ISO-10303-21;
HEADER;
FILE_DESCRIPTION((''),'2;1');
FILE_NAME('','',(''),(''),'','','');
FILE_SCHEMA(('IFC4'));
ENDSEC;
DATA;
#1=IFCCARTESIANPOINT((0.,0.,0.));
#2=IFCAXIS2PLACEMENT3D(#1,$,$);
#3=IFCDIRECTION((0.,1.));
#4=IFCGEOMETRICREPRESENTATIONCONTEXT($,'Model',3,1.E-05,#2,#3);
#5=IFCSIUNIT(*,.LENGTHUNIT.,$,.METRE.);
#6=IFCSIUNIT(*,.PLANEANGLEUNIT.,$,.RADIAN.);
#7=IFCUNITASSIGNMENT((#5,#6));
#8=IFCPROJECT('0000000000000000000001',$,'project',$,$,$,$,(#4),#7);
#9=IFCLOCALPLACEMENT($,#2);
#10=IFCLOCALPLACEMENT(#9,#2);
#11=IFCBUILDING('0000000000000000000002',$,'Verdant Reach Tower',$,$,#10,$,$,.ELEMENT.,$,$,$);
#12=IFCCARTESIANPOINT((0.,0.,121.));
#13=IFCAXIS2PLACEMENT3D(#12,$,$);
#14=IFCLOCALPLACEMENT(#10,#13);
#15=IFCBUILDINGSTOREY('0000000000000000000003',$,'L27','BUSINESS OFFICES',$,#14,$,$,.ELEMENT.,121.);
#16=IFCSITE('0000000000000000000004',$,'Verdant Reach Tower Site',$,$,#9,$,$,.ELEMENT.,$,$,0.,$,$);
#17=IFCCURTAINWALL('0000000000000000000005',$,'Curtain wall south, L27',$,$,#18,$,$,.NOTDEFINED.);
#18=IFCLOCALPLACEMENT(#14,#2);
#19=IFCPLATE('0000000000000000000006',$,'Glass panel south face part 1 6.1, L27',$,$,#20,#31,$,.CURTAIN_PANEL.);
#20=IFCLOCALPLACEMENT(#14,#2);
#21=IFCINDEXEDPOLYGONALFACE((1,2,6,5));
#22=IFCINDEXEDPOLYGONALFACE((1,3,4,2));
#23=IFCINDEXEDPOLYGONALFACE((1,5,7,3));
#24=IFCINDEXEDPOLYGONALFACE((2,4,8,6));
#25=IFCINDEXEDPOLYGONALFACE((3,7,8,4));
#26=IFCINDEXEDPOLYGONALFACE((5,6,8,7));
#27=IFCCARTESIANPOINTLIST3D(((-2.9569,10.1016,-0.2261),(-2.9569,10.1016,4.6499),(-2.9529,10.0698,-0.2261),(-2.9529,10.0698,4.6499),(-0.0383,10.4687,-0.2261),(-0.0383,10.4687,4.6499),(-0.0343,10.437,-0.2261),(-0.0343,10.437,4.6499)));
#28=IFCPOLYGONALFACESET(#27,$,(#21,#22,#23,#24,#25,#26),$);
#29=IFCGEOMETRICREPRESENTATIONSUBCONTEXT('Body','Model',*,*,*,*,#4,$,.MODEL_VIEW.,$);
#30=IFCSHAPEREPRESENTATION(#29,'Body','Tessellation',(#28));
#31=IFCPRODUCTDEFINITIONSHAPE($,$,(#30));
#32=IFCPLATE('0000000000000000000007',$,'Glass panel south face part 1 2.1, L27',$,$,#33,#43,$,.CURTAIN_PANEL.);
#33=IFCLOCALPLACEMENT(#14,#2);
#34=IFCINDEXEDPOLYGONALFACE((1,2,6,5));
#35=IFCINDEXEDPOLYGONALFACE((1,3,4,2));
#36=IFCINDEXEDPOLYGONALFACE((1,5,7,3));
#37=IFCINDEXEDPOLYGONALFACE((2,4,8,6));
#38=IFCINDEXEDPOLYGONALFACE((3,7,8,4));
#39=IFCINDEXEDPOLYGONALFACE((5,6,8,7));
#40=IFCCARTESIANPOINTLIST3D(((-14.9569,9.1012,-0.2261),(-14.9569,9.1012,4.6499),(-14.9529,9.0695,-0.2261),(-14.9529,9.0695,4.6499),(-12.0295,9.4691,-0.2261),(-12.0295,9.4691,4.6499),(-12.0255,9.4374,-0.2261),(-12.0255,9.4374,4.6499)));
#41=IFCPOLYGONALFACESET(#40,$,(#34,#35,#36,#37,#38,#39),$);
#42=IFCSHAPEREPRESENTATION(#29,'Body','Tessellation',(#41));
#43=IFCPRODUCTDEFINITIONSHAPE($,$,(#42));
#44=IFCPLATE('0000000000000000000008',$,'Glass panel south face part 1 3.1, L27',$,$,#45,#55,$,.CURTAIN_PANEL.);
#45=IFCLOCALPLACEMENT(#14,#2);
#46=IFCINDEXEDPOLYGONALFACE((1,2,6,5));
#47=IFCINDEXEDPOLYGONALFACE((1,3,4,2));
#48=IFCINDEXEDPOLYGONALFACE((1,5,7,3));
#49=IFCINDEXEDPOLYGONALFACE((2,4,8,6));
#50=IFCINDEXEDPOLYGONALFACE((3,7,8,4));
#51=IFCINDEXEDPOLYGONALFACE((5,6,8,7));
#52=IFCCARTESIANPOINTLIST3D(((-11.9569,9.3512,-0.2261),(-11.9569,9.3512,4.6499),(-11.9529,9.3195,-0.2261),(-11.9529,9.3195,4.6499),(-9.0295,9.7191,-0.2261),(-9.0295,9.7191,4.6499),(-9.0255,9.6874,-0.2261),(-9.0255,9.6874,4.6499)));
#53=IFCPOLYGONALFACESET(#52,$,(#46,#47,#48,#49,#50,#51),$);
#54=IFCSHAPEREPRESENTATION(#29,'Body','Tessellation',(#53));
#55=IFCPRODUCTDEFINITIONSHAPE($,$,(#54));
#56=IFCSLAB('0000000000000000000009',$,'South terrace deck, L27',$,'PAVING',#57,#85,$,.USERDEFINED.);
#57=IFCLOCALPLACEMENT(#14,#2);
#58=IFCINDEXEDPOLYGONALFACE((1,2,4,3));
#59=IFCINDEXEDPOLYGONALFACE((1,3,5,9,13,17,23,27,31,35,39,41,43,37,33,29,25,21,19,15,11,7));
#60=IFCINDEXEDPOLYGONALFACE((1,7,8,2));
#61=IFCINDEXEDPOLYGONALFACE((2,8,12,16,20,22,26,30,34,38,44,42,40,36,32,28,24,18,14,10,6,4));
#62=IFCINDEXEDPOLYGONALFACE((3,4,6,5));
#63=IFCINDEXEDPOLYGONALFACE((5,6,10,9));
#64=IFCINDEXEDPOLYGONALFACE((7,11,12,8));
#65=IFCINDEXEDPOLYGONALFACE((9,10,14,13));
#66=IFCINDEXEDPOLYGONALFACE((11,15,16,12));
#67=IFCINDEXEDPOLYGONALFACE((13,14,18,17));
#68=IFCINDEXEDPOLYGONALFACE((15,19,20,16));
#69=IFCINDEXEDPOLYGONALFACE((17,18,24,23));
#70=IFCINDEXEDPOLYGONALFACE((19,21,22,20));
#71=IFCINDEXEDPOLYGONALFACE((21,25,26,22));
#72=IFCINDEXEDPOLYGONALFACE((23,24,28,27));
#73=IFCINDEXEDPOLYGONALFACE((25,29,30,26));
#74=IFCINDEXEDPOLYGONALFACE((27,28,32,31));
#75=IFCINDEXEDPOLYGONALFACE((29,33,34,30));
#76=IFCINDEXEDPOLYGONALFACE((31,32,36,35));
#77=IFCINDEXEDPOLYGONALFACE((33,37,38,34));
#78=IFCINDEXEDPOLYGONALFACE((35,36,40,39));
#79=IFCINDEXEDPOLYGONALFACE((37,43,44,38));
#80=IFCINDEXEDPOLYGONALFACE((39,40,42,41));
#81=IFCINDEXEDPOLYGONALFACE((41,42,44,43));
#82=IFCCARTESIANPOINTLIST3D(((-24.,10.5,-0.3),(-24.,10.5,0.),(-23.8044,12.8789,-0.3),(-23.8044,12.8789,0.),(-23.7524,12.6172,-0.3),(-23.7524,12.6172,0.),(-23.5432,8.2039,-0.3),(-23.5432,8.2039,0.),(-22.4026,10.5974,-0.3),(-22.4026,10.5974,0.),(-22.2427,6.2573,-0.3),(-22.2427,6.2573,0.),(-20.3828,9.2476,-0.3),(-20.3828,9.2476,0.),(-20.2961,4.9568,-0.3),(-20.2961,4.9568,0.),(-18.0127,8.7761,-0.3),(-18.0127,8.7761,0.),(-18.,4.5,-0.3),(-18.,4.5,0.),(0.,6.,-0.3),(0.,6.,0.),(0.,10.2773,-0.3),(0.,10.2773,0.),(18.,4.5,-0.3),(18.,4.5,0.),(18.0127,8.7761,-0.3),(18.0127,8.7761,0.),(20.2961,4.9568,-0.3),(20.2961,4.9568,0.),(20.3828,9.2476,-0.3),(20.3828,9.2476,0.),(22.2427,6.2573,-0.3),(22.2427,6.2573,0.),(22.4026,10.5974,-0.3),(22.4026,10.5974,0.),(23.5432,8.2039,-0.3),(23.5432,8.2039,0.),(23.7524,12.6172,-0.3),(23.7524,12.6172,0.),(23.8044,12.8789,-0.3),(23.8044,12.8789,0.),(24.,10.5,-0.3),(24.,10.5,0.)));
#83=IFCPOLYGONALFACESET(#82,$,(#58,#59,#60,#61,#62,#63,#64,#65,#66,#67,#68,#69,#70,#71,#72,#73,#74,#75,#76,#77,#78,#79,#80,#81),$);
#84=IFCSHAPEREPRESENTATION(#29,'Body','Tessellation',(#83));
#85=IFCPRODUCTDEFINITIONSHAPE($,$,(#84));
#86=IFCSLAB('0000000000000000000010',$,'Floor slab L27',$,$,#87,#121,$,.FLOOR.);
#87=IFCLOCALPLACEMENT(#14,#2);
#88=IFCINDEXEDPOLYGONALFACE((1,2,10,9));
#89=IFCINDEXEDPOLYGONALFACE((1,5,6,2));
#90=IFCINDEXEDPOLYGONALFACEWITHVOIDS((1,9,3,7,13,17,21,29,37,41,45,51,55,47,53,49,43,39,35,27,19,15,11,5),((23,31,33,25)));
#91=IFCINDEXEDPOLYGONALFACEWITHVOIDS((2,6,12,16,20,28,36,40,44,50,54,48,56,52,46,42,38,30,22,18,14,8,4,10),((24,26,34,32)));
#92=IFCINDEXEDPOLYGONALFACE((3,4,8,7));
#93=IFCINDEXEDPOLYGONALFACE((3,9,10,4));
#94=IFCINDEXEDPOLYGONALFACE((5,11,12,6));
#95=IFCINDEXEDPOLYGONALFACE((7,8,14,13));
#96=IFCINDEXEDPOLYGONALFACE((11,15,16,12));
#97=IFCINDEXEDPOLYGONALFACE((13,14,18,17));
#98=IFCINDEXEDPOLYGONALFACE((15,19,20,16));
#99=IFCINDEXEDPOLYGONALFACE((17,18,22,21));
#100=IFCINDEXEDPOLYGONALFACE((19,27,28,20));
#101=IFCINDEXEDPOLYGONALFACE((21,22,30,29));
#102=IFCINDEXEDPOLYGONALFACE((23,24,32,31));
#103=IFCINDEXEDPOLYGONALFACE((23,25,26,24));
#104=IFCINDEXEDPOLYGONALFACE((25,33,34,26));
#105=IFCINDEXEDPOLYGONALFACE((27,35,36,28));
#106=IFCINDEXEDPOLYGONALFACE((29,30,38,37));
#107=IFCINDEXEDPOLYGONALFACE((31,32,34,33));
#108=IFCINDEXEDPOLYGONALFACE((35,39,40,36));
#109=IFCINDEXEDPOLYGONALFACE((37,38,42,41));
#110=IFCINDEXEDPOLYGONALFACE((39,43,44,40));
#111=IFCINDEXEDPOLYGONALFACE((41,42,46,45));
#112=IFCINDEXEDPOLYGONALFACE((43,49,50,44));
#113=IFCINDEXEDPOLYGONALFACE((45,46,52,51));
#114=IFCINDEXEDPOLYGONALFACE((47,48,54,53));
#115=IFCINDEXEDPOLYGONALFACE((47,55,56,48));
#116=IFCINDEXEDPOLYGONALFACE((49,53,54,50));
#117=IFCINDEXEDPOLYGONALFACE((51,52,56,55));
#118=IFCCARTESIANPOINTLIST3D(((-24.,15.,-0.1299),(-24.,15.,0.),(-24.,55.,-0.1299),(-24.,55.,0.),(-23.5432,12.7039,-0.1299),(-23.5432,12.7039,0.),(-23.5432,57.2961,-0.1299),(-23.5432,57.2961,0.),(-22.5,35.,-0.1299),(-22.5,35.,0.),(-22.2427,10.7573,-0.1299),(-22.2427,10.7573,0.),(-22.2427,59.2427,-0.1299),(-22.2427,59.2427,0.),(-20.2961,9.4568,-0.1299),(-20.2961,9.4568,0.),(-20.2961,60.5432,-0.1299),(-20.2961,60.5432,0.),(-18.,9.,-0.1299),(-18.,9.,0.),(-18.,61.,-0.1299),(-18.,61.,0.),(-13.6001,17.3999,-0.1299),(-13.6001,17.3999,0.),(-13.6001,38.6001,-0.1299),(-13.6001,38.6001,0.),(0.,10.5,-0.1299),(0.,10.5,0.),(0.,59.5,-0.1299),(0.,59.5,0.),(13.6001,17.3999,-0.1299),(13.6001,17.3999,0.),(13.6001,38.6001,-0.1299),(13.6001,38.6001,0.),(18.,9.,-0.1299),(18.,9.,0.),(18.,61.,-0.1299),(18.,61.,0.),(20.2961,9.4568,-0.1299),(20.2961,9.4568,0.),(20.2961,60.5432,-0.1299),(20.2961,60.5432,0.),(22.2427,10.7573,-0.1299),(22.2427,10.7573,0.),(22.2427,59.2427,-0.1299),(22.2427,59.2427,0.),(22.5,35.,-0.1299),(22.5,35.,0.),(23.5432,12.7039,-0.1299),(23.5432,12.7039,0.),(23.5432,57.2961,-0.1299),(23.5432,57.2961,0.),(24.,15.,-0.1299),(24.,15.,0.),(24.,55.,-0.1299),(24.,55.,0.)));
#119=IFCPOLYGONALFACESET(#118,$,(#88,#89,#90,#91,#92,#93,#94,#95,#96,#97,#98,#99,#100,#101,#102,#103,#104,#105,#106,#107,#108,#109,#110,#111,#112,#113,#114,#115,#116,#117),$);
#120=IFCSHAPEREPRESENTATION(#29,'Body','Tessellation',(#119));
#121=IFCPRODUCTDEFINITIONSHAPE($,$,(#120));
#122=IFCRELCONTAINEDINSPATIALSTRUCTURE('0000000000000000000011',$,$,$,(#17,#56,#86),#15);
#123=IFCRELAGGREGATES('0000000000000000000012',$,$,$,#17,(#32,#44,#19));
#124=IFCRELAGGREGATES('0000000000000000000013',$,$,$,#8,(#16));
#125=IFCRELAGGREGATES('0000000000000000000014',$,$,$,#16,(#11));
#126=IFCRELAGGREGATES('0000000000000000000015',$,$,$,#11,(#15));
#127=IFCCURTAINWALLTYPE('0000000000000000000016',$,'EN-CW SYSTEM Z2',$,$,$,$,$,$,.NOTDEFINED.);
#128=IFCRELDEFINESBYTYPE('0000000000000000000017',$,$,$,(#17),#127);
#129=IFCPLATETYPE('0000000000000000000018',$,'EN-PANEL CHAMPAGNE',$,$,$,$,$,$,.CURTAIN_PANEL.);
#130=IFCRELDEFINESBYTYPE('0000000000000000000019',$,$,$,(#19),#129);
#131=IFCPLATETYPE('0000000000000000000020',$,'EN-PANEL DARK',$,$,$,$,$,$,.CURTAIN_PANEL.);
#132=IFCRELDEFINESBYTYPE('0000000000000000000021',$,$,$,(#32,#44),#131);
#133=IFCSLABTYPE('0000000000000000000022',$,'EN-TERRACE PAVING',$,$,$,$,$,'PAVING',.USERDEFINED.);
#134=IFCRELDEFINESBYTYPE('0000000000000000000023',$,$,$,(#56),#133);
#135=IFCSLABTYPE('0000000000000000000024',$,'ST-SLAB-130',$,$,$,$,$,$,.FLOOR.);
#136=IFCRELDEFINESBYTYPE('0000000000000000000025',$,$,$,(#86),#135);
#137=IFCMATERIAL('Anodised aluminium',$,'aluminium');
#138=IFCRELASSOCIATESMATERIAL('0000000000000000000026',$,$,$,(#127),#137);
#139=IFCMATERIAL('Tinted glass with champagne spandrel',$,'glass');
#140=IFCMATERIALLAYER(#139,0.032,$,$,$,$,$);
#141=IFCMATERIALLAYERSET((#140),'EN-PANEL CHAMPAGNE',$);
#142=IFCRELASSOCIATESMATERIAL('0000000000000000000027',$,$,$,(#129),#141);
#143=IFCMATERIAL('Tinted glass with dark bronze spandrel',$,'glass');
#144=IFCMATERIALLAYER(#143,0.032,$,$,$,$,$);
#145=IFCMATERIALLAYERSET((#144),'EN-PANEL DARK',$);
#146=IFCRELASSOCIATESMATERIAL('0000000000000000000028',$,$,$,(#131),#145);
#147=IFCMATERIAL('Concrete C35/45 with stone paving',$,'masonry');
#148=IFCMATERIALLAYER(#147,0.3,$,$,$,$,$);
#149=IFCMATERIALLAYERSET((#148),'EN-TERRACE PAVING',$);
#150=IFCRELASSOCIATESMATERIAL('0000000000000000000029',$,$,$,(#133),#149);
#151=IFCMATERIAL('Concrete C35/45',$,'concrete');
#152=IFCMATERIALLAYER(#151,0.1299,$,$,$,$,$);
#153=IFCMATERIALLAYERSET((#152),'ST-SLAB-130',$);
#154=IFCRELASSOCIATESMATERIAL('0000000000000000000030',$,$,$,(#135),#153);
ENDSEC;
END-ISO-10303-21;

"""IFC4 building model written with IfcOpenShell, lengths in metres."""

from ifc_helpers import new_model, si_unit, direction, frame, origin, origin_2d, place, context, subcontext, project, spatial, polyline, rectangle, outline, extrude, material, layer, layer_set, type_object, element, aggregate, save


model = new_model("IFC4")

# Units and contexts
model_context = context("Model", 3, precision=1e-05, world=origin(), true_north=direction((0.0, 1.0)))
body_context = subcontext(model_context, "Body", "Model", "MODEL_VIEW")
ifc_project = project(units=[si_unit("LENGTHUNIT", "METRE"), si_unit("PLANEANGLEUNIT", "RADIAN")], contexts=[model_context])

# Site, building, storey
site_placement = place(None, origin())
site = spatial("IfcSite", under=ifc_project, at=site_placement, Name="Verdant Reach Tower Site", CompositionType="ELEMENT", RefElevation=0.0)
building_placement = place(site_placement, origin())
building = spatial("IfcBuilding", under=site, at=building_placement, Name="Verdant Reach Tower", CompositionType="ELEMENT")
storey_placement = place(building_placement, frame((0.0, 0.0, 121.0)))
storey = spatial("IfcBuildingStorey", under=building, at=storey_placement, Name="L27", Description="BUSINESS OFFICES", CompositionType="ELEMENT", Elevation=121.0)

# Curtain wall
ifc_material_1 = material(Name="Anodised aluminium", Category="aluminium")
curtain_wall_type = type_object("IfcCurtainWallType", Name="EN-CW SYSTEM Z2", PredefinedType="NOTDEFINED", material=ifc_material_1)
curtain_wall_placement = place(storey_placement, origin())
curtain_wall = element("IfcCurtainWall", 1, at=curtain_wall_placement, inside=storey, type_object=curtain_wall_type, Name="Curtain wall south, L27", PredefinedType="NOTDEFINED")

# Plates
ifc_material_2 = material(Name="Tinted glass with champagne spandrel", Category="glass")
ifc_layer_1 = layer(ifc_material_2, 0.032)
ifc_layer_set_1 = layer_set([ifc_layer_1], Name="EN-PANEL CHAMPAGNE")
plate_type_1 = type_object("IfcPlateType", Name="EN-PANEL CHAMPAGNE", PredefinedType="CURTAIN_PANEL", material=ifc_layer_set_1)
plate_1_placement = place(storey_placement, frame((-1.4956, 10.2693, -0.2261), z_axis=(0.0, 0.0, 1.0), x_axis=(0.992179, 0.124825, 0.0)))
plate_1 = element("IfcPlate", 2, at=plate_1_placement, type_object=plate_type_1, Name="Glass panel south face part 1 6.1, L27", PredefinedType="CURTAIN_PANEL", context=body_context, shape_type="SweptSolid", body=[
    extrude(rectangle(XDim=2.9417, YDim=0.032, at=origin_2d()), origin(), (0.0, 0.0, 1.0), 4.876),
])
ifc_material_3 = material(Name="Tinted glass with dark bronze spandrel", Category="glass")
ifc_layer_2 = layer(ifc_material_3, 0.032)
ifc_layer_set_2 = layer_set([ifc_layer_2], Name="EN-PANEL DARK")
plate_type_2 = type_object("IfcPlateType", Name="EN-PANEL DARK", PredefinedType="CURTAIN_PANEL", material=ifc_layer_set_2)
plate_2_placement = place(storey_placement, frame((-13.4912, 9.2693, -0.2261), z_axis=(0.0, 0.0, 1.0), x_axis=(0.992194, 0.124704, 0.0)))
plate_2 = element("IfcPlate", 3, at=plate_2_placement, type_object=plate_type_2, Name="Glass panel south face part 1 2.1, L27", PredefinedType="CURTAIN_PANEL", context=body_context, shape_type="SweptSolid", body=[
    extrude(rectangle(XDim=2.9504, YDim=0.032, at=origin_2d()), origin(), (0.0, 0.0, 1.0), 4.876),
])
plate_3_placement = place(storey_placement, frame((-10.4912, 9.5193, -0.2261), z_axis=(0.0, 0.0, 1.0), x_axis=(0.992194, 0.124704, 0.0)))
plate_3 = element("IfcPlate", 4, at=plate_3_placement, type_object=plate_type_2, Name="Glass panel south face part 1 3.1, L27", PredefinedType="CURTAIN_PANEL", context=body_context, shape_type="SweptSolid", body=[
    extrude(rectangle(XDim=2.9504, YDim=0.032, at=origin_2d()), origin(), (0.0, 0.0, 1.0), 4.876),
])
aggregate(curtain_wall, [plate_2, plate_3, plate_1])

# Slabs
ifc_material_4 = material(Name="Concrete C35/45 with stone paving", Category="masonry")
ifc_layer_3 = layer(ifc_material_4, 0.3)
ifc_layer_set_3 = layer_set([ifc_layer_3], Name="EN-TERRACE PAVING")
slab_type_1 = type_object("IfcSlabType", Name="EN-TERRACE PAVING", ElementType="PAVING", PredefinedType="USERDEFINED", material=ifc_layer_set_3)
slab_1_placement = place(storey_placement, frame((0.0, 0.0, -0.3)))
element("IfcSlab", 5, at=slab_1_placement, inside=storey, type_object=slab_type_1, Name="South terrace deck, L27", ObjectType="PAVING", PredefinedType="USERDEFINED", context=body_context, shape_type="SweptSolid", body=[
    extrude(outline(polyline([(24.0, 10.5), (23.5432, 8.2039), (22.2427, 6.2573), (20.2961, 4.9568), (18.0, 4.5), (0.0, 6.0), (-18.0, 4.5), (-20.2961, 4.9568), (-22.2427, 6.2573), (-23.5432, 8.2039), (-24.0, 10.5), (-23.8044, 12.8789), (-23.7524, 12.6172), (-22.4026, 10.5974), (-20.3828, 9.2476), (-18.0127, 8.7761), (0.0, 10.2773), (18.0127, 8.7761), (20.3828, 9.2476), (22.4026, 10.5974), (23.7524, 12.6172), (23.8044, 12.8789), (24.0, 10.5)])), origin(), (0.0, 0.0, 1.0), 0.3),
])
ifc_material_5 = material(Name="Concrete C35/45", Category="concrete")
ifc_layer_4 = layer(ifc_material_5, 0.1299)
ifc_layer_set_4 = layer_set([ifc_layer_4], Name="ST-SLAB-130")
slab_type_2 = type_object("IfcSlabType", Name="ST-SLAB-130", PredefinedType="FLOOR", material=ifc_layer_set_4)
slab_2_placement = place(storey_placement, frame((0.0, 0.0, -0.1299)))
element("IfcSlab", 6, at=slab_2_placement, inside=storey, type_object=slab_type_2, Name="Floor slab L27", PredefinedType="FLOOR", context=body_context, shape_type="SweptSolid", body=[
    extrude(outline(polyline([(0.0, 10.5), (-18.0, 9.0), (-20.2961, 9.4568), (-22.2427, 10.7573), (-23.5432, 12.7039), (-24.0, 15.0), (-22.5, 35.0), (-24.0, 55.0), (-23.5432, 57.2961), (-22.2427, 59.2427), (-20.2961, 60.5432), (-18.0, 61.0), (0.0, 59.5), (18.0, 61.0), (20.2961, 60.5432), (22.2427, 59.2427), (23.5432, 57.2961), (24.0, 55.0), (22.5, 35.0), (24.0, 15.0), (23.5432, 12.7039), (22.2427, 10.7573), (20.2961, 9.4568), (18.0, 9.0), (0.0, 10.5)]), holes=[polyline([(13.6001, 38.6001), (-13.6001, 38.6001), (-13.6001, 17.3999), (13.6001, 17.3999), (13.6001, 38.6001)])]), origin(), (0.0, 0.0, 1.0), 0.1299),
])

save(model, "model.ifc")
